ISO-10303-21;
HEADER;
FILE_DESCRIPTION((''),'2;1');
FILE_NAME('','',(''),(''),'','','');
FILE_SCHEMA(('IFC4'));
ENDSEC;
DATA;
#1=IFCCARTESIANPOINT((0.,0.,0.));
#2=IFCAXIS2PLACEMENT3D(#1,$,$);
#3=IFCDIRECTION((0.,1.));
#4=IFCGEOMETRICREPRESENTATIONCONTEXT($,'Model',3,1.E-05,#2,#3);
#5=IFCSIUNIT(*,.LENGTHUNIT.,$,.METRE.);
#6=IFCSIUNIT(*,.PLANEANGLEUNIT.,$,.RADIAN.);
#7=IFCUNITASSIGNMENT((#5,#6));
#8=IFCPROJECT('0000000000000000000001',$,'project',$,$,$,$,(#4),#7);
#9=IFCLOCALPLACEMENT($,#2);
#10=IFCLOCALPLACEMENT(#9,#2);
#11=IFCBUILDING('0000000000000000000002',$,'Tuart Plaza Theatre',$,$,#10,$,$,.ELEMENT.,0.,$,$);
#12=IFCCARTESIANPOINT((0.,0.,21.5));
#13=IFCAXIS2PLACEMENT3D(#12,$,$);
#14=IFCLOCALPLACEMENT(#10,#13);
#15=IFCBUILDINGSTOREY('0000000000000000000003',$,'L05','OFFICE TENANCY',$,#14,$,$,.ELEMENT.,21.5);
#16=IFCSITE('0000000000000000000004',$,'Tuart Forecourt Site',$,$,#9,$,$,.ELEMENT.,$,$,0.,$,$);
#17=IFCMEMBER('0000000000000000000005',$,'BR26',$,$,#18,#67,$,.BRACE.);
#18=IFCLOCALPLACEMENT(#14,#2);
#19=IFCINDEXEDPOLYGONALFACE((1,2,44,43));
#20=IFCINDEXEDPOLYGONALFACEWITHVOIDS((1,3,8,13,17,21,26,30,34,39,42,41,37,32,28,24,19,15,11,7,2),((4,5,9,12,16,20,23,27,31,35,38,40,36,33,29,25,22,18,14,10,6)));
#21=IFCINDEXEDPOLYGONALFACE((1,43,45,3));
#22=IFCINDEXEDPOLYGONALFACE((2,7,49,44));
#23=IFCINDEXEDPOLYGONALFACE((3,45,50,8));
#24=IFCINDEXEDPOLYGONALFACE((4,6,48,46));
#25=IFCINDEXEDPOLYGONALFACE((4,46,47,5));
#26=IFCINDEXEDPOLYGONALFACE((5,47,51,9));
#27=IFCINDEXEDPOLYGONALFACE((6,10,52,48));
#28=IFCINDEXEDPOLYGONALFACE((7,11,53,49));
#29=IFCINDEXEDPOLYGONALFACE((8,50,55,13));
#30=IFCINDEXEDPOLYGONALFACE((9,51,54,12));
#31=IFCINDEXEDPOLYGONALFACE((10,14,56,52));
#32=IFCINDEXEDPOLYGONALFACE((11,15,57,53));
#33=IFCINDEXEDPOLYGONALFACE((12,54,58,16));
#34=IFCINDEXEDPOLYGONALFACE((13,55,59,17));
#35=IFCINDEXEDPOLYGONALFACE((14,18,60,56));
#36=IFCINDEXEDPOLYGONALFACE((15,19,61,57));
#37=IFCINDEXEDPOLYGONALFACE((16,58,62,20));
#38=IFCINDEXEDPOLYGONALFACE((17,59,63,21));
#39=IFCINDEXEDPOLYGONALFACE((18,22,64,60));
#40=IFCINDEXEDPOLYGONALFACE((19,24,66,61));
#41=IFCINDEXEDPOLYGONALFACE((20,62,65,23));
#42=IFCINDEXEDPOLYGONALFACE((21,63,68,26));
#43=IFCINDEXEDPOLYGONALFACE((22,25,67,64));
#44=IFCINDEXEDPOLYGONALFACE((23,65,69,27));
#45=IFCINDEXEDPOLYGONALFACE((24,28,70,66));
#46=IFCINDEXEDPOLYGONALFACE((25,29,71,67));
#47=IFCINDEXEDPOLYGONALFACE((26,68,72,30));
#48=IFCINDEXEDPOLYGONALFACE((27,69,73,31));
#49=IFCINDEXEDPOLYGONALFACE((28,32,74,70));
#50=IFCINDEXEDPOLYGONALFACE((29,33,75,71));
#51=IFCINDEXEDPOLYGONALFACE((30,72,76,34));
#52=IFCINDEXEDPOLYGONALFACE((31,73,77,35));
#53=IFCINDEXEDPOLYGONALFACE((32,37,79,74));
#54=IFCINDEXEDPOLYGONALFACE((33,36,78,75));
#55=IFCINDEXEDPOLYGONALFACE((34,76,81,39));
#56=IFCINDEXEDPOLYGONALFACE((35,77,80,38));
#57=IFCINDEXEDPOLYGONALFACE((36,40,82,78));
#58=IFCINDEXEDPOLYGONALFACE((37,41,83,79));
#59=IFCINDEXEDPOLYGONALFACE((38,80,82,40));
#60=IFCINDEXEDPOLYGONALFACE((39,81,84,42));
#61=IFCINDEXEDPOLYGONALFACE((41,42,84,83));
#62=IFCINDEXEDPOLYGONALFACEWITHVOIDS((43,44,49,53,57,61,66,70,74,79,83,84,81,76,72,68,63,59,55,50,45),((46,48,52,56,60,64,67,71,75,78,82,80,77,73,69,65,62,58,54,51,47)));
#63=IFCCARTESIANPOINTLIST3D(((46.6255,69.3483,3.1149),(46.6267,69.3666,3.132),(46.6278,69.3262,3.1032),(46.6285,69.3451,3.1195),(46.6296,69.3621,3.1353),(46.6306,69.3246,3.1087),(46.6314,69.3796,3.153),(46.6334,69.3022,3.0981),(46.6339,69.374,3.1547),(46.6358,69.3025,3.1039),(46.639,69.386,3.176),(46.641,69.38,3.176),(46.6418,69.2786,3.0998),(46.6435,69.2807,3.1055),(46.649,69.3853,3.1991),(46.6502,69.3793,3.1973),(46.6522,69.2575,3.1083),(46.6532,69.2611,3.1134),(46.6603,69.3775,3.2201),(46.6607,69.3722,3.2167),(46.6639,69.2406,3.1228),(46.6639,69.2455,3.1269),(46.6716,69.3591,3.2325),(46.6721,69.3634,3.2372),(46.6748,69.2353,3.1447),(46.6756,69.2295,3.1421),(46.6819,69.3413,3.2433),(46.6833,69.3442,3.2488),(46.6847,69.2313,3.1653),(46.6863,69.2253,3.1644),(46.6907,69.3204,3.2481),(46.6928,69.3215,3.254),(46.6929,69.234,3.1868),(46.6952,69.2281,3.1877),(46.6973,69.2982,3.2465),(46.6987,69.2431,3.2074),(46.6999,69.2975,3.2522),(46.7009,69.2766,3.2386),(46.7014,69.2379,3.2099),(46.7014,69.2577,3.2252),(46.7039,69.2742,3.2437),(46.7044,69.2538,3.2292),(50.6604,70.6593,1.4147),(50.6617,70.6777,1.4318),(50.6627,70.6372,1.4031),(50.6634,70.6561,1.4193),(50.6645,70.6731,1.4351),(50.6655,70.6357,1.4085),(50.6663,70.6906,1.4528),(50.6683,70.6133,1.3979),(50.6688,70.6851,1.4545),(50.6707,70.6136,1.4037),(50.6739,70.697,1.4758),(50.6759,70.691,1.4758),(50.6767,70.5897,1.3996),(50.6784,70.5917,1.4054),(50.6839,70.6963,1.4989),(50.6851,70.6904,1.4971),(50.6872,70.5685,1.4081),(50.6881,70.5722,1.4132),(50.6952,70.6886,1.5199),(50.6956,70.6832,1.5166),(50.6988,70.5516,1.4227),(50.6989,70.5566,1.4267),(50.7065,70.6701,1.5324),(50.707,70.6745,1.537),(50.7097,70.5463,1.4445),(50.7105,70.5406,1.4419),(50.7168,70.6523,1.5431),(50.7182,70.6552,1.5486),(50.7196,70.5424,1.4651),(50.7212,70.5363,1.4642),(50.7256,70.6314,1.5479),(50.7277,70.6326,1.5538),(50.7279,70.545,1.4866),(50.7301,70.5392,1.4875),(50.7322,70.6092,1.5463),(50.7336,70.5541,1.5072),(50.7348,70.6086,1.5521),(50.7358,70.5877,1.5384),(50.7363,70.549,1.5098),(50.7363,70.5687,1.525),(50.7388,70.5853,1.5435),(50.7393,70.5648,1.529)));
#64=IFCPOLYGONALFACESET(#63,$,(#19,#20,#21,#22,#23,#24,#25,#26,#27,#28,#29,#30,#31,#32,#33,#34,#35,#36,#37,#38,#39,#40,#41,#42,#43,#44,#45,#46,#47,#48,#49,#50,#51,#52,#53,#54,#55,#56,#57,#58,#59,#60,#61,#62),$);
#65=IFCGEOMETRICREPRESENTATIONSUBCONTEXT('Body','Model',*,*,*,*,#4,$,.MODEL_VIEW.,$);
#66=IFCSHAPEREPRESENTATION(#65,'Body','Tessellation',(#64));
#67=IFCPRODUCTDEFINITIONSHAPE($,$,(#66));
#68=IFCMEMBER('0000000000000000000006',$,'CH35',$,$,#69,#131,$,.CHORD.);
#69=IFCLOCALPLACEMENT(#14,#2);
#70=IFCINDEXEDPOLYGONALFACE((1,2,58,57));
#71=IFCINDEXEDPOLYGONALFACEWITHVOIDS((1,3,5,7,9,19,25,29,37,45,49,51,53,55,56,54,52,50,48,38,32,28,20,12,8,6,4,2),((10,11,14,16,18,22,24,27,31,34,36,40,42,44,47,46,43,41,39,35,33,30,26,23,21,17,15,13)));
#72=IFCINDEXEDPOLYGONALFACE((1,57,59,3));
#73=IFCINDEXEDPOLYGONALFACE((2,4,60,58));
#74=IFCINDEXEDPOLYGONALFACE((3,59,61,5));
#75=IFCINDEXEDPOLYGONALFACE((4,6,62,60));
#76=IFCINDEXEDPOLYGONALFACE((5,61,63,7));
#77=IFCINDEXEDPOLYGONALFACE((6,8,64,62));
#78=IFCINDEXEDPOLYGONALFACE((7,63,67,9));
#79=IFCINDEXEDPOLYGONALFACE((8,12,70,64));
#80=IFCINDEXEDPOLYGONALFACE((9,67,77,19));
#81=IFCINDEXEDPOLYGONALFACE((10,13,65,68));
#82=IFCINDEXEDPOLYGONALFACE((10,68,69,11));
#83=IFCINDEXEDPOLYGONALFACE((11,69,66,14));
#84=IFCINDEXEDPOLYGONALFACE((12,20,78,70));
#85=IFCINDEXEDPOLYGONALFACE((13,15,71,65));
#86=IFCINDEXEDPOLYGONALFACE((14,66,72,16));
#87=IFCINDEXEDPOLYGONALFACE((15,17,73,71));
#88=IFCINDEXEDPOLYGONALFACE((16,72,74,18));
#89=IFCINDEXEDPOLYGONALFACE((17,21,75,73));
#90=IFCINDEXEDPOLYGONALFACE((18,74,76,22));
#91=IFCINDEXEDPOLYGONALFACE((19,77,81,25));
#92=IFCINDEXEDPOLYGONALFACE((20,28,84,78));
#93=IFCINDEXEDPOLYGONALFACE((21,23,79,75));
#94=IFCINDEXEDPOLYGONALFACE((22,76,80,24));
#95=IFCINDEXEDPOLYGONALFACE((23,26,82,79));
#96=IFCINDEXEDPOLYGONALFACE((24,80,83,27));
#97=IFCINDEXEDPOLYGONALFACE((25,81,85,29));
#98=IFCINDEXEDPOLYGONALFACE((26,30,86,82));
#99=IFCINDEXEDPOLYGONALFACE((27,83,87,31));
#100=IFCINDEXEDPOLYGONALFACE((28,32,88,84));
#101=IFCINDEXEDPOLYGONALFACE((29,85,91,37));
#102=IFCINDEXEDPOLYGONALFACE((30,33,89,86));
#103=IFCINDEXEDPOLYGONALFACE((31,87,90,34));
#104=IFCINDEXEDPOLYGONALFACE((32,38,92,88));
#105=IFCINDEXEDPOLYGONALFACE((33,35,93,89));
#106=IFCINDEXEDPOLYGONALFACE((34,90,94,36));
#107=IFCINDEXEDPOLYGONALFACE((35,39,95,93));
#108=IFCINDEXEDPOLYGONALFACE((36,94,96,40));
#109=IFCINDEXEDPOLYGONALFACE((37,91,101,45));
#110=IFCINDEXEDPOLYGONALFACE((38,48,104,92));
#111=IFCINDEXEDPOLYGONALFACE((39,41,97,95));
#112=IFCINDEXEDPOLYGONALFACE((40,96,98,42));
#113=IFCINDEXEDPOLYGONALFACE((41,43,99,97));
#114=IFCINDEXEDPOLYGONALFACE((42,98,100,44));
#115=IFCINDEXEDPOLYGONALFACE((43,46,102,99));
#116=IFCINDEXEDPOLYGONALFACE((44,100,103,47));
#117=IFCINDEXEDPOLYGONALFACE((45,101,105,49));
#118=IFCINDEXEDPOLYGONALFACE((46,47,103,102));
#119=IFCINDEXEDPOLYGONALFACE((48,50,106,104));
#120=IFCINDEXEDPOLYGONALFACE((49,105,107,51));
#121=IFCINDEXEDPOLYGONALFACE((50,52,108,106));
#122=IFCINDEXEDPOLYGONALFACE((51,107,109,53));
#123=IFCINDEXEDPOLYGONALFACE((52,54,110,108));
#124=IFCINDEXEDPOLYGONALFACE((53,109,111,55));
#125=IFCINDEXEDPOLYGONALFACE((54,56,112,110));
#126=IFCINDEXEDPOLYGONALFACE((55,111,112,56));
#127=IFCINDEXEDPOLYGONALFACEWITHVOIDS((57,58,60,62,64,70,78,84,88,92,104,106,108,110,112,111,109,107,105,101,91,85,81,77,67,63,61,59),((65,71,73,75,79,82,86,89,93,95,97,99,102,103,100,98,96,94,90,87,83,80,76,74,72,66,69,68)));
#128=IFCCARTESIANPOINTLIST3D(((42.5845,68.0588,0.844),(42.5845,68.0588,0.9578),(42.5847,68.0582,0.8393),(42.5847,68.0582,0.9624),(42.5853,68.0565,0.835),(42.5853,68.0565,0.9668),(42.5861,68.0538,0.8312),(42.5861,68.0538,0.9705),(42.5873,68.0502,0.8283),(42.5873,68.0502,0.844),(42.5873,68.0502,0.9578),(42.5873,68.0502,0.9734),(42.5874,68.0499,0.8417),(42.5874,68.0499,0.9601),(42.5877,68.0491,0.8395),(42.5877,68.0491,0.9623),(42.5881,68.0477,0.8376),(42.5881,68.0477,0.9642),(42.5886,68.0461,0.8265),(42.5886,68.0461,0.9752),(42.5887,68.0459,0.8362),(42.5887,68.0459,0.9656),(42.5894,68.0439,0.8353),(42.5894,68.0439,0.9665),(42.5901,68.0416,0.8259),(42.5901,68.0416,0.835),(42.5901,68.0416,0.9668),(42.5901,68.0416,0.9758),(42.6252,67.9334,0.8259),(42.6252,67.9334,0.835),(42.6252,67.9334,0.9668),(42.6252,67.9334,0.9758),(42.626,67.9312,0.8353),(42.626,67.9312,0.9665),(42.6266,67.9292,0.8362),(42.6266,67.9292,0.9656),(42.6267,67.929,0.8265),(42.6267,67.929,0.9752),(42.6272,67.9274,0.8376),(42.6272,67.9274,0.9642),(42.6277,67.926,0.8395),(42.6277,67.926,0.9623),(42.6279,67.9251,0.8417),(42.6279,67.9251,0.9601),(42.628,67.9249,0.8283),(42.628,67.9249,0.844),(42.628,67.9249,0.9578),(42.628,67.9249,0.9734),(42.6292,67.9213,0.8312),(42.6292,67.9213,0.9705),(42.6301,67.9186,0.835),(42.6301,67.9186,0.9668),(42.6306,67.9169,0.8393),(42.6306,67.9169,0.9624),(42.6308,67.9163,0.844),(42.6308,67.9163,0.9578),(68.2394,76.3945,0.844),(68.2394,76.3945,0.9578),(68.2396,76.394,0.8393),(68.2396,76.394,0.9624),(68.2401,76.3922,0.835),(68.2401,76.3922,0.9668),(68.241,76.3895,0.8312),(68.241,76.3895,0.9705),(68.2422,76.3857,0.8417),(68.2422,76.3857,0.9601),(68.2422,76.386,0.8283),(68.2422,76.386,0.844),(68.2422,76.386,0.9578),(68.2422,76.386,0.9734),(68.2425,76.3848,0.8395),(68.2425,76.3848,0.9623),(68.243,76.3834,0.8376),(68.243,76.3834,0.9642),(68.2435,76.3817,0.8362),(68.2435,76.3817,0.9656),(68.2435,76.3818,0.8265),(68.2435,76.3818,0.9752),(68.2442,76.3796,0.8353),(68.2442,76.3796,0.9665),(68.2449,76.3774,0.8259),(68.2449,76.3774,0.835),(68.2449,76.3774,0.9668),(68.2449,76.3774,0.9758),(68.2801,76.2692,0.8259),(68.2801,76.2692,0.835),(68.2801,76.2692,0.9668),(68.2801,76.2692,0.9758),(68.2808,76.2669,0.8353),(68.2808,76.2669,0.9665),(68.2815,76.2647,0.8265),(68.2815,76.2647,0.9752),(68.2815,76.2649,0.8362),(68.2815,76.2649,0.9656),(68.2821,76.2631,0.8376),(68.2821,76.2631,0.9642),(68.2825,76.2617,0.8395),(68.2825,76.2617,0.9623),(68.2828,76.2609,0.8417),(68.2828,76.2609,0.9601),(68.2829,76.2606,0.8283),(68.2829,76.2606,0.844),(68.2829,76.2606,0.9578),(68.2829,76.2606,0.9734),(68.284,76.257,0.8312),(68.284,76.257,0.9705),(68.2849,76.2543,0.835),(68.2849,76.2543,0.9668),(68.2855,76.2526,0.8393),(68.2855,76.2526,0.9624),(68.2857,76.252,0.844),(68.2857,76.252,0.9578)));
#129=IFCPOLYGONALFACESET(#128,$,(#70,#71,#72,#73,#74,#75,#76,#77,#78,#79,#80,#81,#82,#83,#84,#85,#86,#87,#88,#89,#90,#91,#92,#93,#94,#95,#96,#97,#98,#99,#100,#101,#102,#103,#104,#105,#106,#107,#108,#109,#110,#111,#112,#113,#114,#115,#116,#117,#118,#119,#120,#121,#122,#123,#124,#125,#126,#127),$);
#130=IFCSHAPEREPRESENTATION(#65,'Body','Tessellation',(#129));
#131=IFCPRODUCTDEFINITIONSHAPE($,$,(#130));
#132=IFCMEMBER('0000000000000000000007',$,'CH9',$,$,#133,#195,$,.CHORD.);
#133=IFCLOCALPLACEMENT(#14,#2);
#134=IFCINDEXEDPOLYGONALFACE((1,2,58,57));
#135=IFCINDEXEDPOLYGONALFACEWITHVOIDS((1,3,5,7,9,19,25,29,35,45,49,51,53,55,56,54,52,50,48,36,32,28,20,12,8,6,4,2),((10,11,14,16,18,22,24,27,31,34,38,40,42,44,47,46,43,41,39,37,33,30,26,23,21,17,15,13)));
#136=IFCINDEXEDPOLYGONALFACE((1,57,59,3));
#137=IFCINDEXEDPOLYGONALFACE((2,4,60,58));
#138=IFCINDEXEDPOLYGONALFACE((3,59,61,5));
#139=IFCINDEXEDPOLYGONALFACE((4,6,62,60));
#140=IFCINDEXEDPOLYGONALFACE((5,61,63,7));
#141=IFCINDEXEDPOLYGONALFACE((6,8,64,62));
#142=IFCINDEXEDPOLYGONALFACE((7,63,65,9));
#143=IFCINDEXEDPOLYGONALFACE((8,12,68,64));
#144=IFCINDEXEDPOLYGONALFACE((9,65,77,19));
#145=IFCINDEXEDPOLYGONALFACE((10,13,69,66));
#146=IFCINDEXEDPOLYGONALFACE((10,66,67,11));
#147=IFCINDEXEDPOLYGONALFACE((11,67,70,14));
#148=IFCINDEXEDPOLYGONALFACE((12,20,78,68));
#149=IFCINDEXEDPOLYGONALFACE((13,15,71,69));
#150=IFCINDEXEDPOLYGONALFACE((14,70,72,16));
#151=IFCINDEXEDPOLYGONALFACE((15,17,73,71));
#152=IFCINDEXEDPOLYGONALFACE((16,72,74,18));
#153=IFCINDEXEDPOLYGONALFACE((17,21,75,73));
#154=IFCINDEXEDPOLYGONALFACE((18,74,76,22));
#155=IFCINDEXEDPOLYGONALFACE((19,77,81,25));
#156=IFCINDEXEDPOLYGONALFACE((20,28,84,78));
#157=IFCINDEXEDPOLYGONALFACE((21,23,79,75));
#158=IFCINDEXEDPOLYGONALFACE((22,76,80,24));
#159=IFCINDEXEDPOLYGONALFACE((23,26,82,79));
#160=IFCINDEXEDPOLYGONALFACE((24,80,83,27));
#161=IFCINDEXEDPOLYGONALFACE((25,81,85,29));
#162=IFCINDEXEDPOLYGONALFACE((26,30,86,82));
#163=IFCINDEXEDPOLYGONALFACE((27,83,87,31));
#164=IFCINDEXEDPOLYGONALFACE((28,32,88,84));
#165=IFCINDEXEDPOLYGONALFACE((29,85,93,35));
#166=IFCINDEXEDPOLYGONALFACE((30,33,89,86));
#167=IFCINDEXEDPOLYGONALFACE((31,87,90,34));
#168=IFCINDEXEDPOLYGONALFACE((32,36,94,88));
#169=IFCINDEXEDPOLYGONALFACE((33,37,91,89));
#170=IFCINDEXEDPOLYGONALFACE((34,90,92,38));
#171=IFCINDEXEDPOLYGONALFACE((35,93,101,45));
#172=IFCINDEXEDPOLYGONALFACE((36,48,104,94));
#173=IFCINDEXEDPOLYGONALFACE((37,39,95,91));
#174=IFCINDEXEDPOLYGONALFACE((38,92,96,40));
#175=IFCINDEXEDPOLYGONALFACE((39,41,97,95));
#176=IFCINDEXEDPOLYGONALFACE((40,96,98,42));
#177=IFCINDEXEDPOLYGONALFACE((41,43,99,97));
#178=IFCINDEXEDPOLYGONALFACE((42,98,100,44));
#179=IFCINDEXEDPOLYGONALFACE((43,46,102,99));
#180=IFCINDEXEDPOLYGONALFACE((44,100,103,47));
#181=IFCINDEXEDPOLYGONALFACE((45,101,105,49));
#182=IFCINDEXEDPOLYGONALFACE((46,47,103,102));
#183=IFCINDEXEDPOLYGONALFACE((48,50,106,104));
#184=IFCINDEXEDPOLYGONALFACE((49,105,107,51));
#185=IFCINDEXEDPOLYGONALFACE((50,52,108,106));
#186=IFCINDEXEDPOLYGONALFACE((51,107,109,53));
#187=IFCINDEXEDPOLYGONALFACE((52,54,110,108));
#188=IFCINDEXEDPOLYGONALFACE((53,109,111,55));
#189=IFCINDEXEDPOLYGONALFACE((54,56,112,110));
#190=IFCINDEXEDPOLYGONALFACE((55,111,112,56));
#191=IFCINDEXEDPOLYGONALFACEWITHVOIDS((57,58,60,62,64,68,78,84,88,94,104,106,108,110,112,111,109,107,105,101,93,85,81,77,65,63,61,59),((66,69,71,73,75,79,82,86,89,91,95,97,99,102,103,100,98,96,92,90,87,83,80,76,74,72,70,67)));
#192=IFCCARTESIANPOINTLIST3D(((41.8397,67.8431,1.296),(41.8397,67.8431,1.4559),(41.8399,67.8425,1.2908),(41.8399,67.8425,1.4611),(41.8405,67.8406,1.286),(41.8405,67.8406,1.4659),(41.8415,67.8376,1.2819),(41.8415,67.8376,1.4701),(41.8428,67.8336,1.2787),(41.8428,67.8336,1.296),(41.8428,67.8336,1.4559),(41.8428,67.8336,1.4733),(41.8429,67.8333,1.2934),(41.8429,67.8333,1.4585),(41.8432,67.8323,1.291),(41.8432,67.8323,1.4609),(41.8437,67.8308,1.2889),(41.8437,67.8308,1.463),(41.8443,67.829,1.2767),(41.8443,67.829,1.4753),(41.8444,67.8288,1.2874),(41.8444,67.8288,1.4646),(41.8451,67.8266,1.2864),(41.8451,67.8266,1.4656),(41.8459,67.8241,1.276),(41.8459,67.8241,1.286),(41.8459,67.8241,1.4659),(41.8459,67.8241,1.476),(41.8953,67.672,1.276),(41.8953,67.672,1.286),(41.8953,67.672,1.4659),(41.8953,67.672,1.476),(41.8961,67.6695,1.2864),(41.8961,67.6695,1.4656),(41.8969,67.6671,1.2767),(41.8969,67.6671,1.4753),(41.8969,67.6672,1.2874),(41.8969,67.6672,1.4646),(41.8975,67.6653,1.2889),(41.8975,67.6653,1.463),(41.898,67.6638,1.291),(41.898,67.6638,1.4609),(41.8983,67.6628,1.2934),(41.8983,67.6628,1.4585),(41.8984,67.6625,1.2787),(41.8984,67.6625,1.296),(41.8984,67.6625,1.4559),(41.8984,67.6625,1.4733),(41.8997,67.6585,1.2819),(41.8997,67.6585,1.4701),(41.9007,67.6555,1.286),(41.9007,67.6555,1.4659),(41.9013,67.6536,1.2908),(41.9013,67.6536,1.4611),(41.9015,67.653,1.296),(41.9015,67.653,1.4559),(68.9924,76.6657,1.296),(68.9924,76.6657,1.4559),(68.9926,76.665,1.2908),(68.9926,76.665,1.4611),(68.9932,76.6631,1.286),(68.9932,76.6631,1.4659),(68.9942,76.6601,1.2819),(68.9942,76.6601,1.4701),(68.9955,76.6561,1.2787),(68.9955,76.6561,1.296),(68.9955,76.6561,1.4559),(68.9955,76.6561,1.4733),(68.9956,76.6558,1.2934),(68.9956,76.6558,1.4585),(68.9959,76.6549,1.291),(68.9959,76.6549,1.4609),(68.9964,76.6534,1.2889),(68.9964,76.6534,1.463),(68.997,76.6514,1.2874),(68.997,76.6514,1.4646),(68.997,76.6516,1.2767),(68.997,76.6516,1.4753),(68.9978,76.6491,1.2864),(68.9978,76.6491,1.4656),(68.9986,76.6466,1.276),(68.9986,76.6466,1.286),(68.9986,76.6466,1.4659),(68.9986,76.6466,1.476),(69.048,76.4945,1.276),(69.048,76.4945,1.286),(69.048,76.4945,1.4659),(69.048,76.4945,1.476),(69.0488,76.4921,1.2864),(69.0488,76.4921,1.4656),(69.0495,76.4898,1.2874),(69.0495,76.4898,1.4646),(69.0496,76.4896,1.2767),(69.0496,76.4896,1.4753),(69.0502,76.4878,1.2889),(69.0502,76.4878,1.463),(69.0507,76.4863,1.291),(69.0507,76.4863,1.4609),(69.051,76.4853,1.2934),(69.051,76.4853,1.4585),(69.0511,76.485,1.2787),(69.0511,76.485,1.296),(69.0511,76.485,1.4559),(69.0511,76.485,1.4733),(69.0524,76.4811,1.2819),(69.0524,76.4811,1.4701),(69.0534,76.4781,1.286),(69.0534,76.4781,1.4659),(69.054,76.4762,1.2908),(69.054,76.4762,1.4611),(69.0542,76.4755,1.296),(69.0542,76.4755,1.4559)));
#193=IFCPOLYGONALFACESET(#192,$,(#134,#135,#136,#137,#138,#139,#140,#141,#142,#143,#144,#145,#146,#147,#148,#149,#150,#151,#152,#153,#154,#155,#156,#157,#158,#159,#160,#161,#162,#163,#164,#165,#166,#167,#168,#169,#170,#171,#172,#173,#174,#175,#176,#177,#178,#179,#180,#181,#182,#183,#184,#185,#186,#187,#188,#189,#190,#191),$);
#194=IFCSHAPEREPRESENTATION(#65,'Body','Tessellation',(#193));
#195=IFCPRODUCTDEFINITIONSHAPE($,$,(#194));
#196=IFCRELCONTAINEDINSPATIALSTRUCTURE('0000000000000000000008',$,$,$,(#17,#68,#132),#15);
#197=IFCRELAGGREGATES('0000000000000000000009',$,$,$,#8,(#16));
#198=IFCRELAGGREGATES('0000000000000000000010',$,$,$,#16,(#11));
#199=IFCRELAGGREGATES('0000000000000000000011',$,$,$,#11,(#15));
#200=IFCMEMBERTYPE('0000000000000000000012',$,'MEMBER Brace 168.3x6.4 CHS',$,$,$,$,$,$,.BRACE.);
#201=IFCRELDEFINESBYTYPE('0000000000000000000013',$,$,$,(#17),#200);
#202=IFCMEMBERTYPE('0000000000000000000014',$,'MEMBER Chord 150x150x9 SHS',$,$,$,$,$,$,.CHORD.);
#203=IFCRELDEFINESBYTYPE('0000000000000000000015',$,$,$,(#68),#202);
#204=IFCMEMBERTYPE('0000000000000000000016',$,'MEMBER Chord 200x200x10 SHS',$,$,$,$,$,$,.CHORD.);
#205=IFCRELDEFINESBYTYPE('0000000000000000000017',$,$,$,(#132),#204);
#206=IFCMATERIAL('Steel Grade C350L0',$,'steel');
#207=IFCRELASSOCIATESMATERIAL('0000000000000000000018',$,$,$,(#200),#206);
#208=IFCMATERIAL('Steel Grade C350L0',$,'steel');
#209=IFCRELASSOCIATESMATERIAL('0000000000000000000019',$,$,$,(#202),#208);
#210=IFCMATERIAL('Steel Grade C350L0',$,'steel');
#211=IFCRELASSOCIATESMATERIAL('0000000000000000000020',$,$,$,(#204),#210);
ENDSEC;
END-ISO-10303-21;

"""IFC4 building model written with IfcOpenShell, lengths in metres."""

from ifc_helpers import new_model, si_unit, direction, frame, origin, origin_2d, place, context, subcontext, project, spatial, hollow_rectangle, hollow_circle, extrude, material, material_profile, profile_set, type_object, element, save


model = new_model("IFC4")

# Units and contexts
model_context = context("Model", 3, precision=1e-05, world=origin(), true_north=direction((0.0, 1.0)))
body_context = subcontext(model_context, "Body", "Model", "MODEL_VIEW")
ifc_project = project(units=[si_unit("LENGTHUNIT", "METRE"), si_unit("PLANEANGLEUNIT", "RADIAN")], contexts=[model_context])

# Site, building, storey
site_placement = place(None, origin())
site = spatial("IfcSite", under=ifc_project, at=site_placement, Name="Tuart Forecourt Site", CompositionType="ELEMENT", RefElevation=0.0)
building_placement = place(site_placement, origin())
building = spatial("IfcBuilding", under=site, at=building_placement, Name="Tuart Plaza Theatre", CompositionType="ELEMENT", ElevationOfRefHeight=0.0)
storey_placement = place(building_placement, frame((0.0, 0.0, 21.5)))
storey = spatial("IfcBuildingStorey", under=building, at=storey_placement, Name="L05", Description="OFFICE TENANCY", CompositionType="ELEMENT", Elevation=21.5)

# Members
ifc_material_1 = material(Name="Steel Grade C350L0", Category="steel")
ifc_material_profile_1 = material_profile(ifc_material_1, hollow_circle(Radius=0.0842, WallThickness=0.0063, at=origin_2d()), Name="168.3x6.4 CHS")
ifc_profile_set_1 = profile_set([ifc_material_profile_1], Name="Steel Grade C350L0")
member_type_1 = type_object("IfcMemberType", Name="MEMBER Brace 168.3x6.4 CHS", PredefinedType="BRACE", material=ifc_profile_set_1)
for number, where, z_axis, x_axis, name in (
    (1, (46.665, 69.3059, 3.176), (0.882805, 0.286844, -0.371989), (-0.30902, 0.951056, 0.0), "BR26"),
):
    element("IfcMember", number, at=place(storey_placement, frame(where, z_axis=z_axis, x_axis=x_axis)), inside=storey, type_object=member_type_1, Name=name, PredefinedType="BRACE", context=body_context, shape_type="SweptSolid", body=[
        extrude(hollow_circle(Radius=0.0842, WallThickness=0.0063, at=origin_2d()), origin(), (0.0, 0.0, 1.0), 4.5706),
    ])
ifc_material_2 = material(Name="Steel Grade C350L0", Category="steel")
ifc_material_profile_2 = material_profile(ifc_material_2, hollow_rectangle(XDim=0.1499, YDim=0.1499, WallThickness=0.009, InnerFilletRadius=0.009, OuterFilletRadius=0.0181, at=origin_2d()), Name="150x150x9 SHS")
ifc_profile_set_2 = profile_set([ifc_material_profile_2], Name="Steel Grade C350L0")
member_type_2 = type_object("IfcMemberType", Name="MEMBER Chord 150x150x9 SHS", PredefinedType="CHORD", material=ifc_profile_set_2)
member_1_placement = place(storey_placement, frame((42.6077, 67.9875, 0.9009), z_axis=(0.951057, 0.309015, 0.0), x_axis=(-0.309015, 0.951057, 0.0)))
element("IfcMember", 2, at=member_1_placement, inside=storey, type_object=member_type_2, Name="CH35", PredefinedType="CHORD", context=body_context, shape_type="SweptSolid", body=[
    extrude(hollow_rectangle(XDim=0.1499, YDim=0.1499, WallThickness=0.009, InnerFilletRadius=0.009, OuterFilletRadius=0.0181, at=origin_2d()), origin(), (0.0, 0.0, 1.0), 26.9751),
])
ifc_material_3 = material(Name="Steel Grade C350L0", Category="steel")
ifc_material_profile_3 = material_profile(ifc_material_3, hollow_rectangle(XDim=0.2, YDim=0.2, WallThickness=0.01, InnerFilletRadius=0.01, OuterFilletRadius=0.02, at=origin_2d()), Name="200x200x10 SHS")
ifc_profile_set_3 = profile_set([ifc_material_profile_3], Name="Steel Grade C350L0")
member_type_3 = type_object("IfcMemberType", Name="MEMBER Chord 200x200x10 SHS", PredefinedType="CHORD", material=ifc_profile_set_3)
for number, where, z_axis, x_axis, name in (
    (3, (41.8706, 67.748, 1.376), (0.951055, 0.30902, 0.0), (-0.30902, 0.951055, 0.0), "CH9"),
):
    element("IfcMember", number, at=place(storey_placement, frame(where, z_axis=z_axis, x_axis=x_axis)), inside=storey, type_object=member_type_3, Name=name, PredefinedType="CHORD", context=body_context, shape_type="SweptSolid", body=[
        extrude(hollow_rectangle(XDim=0.2, YDim=0.2, WallThickness=0.01, InnerFilletRadius=0.01, OuterFilletRadius=0.02, at=origin_2d()), origin(), (0.0, 0.0, 1.0), 28.55),
    ])

save(model, "model.ifc")
